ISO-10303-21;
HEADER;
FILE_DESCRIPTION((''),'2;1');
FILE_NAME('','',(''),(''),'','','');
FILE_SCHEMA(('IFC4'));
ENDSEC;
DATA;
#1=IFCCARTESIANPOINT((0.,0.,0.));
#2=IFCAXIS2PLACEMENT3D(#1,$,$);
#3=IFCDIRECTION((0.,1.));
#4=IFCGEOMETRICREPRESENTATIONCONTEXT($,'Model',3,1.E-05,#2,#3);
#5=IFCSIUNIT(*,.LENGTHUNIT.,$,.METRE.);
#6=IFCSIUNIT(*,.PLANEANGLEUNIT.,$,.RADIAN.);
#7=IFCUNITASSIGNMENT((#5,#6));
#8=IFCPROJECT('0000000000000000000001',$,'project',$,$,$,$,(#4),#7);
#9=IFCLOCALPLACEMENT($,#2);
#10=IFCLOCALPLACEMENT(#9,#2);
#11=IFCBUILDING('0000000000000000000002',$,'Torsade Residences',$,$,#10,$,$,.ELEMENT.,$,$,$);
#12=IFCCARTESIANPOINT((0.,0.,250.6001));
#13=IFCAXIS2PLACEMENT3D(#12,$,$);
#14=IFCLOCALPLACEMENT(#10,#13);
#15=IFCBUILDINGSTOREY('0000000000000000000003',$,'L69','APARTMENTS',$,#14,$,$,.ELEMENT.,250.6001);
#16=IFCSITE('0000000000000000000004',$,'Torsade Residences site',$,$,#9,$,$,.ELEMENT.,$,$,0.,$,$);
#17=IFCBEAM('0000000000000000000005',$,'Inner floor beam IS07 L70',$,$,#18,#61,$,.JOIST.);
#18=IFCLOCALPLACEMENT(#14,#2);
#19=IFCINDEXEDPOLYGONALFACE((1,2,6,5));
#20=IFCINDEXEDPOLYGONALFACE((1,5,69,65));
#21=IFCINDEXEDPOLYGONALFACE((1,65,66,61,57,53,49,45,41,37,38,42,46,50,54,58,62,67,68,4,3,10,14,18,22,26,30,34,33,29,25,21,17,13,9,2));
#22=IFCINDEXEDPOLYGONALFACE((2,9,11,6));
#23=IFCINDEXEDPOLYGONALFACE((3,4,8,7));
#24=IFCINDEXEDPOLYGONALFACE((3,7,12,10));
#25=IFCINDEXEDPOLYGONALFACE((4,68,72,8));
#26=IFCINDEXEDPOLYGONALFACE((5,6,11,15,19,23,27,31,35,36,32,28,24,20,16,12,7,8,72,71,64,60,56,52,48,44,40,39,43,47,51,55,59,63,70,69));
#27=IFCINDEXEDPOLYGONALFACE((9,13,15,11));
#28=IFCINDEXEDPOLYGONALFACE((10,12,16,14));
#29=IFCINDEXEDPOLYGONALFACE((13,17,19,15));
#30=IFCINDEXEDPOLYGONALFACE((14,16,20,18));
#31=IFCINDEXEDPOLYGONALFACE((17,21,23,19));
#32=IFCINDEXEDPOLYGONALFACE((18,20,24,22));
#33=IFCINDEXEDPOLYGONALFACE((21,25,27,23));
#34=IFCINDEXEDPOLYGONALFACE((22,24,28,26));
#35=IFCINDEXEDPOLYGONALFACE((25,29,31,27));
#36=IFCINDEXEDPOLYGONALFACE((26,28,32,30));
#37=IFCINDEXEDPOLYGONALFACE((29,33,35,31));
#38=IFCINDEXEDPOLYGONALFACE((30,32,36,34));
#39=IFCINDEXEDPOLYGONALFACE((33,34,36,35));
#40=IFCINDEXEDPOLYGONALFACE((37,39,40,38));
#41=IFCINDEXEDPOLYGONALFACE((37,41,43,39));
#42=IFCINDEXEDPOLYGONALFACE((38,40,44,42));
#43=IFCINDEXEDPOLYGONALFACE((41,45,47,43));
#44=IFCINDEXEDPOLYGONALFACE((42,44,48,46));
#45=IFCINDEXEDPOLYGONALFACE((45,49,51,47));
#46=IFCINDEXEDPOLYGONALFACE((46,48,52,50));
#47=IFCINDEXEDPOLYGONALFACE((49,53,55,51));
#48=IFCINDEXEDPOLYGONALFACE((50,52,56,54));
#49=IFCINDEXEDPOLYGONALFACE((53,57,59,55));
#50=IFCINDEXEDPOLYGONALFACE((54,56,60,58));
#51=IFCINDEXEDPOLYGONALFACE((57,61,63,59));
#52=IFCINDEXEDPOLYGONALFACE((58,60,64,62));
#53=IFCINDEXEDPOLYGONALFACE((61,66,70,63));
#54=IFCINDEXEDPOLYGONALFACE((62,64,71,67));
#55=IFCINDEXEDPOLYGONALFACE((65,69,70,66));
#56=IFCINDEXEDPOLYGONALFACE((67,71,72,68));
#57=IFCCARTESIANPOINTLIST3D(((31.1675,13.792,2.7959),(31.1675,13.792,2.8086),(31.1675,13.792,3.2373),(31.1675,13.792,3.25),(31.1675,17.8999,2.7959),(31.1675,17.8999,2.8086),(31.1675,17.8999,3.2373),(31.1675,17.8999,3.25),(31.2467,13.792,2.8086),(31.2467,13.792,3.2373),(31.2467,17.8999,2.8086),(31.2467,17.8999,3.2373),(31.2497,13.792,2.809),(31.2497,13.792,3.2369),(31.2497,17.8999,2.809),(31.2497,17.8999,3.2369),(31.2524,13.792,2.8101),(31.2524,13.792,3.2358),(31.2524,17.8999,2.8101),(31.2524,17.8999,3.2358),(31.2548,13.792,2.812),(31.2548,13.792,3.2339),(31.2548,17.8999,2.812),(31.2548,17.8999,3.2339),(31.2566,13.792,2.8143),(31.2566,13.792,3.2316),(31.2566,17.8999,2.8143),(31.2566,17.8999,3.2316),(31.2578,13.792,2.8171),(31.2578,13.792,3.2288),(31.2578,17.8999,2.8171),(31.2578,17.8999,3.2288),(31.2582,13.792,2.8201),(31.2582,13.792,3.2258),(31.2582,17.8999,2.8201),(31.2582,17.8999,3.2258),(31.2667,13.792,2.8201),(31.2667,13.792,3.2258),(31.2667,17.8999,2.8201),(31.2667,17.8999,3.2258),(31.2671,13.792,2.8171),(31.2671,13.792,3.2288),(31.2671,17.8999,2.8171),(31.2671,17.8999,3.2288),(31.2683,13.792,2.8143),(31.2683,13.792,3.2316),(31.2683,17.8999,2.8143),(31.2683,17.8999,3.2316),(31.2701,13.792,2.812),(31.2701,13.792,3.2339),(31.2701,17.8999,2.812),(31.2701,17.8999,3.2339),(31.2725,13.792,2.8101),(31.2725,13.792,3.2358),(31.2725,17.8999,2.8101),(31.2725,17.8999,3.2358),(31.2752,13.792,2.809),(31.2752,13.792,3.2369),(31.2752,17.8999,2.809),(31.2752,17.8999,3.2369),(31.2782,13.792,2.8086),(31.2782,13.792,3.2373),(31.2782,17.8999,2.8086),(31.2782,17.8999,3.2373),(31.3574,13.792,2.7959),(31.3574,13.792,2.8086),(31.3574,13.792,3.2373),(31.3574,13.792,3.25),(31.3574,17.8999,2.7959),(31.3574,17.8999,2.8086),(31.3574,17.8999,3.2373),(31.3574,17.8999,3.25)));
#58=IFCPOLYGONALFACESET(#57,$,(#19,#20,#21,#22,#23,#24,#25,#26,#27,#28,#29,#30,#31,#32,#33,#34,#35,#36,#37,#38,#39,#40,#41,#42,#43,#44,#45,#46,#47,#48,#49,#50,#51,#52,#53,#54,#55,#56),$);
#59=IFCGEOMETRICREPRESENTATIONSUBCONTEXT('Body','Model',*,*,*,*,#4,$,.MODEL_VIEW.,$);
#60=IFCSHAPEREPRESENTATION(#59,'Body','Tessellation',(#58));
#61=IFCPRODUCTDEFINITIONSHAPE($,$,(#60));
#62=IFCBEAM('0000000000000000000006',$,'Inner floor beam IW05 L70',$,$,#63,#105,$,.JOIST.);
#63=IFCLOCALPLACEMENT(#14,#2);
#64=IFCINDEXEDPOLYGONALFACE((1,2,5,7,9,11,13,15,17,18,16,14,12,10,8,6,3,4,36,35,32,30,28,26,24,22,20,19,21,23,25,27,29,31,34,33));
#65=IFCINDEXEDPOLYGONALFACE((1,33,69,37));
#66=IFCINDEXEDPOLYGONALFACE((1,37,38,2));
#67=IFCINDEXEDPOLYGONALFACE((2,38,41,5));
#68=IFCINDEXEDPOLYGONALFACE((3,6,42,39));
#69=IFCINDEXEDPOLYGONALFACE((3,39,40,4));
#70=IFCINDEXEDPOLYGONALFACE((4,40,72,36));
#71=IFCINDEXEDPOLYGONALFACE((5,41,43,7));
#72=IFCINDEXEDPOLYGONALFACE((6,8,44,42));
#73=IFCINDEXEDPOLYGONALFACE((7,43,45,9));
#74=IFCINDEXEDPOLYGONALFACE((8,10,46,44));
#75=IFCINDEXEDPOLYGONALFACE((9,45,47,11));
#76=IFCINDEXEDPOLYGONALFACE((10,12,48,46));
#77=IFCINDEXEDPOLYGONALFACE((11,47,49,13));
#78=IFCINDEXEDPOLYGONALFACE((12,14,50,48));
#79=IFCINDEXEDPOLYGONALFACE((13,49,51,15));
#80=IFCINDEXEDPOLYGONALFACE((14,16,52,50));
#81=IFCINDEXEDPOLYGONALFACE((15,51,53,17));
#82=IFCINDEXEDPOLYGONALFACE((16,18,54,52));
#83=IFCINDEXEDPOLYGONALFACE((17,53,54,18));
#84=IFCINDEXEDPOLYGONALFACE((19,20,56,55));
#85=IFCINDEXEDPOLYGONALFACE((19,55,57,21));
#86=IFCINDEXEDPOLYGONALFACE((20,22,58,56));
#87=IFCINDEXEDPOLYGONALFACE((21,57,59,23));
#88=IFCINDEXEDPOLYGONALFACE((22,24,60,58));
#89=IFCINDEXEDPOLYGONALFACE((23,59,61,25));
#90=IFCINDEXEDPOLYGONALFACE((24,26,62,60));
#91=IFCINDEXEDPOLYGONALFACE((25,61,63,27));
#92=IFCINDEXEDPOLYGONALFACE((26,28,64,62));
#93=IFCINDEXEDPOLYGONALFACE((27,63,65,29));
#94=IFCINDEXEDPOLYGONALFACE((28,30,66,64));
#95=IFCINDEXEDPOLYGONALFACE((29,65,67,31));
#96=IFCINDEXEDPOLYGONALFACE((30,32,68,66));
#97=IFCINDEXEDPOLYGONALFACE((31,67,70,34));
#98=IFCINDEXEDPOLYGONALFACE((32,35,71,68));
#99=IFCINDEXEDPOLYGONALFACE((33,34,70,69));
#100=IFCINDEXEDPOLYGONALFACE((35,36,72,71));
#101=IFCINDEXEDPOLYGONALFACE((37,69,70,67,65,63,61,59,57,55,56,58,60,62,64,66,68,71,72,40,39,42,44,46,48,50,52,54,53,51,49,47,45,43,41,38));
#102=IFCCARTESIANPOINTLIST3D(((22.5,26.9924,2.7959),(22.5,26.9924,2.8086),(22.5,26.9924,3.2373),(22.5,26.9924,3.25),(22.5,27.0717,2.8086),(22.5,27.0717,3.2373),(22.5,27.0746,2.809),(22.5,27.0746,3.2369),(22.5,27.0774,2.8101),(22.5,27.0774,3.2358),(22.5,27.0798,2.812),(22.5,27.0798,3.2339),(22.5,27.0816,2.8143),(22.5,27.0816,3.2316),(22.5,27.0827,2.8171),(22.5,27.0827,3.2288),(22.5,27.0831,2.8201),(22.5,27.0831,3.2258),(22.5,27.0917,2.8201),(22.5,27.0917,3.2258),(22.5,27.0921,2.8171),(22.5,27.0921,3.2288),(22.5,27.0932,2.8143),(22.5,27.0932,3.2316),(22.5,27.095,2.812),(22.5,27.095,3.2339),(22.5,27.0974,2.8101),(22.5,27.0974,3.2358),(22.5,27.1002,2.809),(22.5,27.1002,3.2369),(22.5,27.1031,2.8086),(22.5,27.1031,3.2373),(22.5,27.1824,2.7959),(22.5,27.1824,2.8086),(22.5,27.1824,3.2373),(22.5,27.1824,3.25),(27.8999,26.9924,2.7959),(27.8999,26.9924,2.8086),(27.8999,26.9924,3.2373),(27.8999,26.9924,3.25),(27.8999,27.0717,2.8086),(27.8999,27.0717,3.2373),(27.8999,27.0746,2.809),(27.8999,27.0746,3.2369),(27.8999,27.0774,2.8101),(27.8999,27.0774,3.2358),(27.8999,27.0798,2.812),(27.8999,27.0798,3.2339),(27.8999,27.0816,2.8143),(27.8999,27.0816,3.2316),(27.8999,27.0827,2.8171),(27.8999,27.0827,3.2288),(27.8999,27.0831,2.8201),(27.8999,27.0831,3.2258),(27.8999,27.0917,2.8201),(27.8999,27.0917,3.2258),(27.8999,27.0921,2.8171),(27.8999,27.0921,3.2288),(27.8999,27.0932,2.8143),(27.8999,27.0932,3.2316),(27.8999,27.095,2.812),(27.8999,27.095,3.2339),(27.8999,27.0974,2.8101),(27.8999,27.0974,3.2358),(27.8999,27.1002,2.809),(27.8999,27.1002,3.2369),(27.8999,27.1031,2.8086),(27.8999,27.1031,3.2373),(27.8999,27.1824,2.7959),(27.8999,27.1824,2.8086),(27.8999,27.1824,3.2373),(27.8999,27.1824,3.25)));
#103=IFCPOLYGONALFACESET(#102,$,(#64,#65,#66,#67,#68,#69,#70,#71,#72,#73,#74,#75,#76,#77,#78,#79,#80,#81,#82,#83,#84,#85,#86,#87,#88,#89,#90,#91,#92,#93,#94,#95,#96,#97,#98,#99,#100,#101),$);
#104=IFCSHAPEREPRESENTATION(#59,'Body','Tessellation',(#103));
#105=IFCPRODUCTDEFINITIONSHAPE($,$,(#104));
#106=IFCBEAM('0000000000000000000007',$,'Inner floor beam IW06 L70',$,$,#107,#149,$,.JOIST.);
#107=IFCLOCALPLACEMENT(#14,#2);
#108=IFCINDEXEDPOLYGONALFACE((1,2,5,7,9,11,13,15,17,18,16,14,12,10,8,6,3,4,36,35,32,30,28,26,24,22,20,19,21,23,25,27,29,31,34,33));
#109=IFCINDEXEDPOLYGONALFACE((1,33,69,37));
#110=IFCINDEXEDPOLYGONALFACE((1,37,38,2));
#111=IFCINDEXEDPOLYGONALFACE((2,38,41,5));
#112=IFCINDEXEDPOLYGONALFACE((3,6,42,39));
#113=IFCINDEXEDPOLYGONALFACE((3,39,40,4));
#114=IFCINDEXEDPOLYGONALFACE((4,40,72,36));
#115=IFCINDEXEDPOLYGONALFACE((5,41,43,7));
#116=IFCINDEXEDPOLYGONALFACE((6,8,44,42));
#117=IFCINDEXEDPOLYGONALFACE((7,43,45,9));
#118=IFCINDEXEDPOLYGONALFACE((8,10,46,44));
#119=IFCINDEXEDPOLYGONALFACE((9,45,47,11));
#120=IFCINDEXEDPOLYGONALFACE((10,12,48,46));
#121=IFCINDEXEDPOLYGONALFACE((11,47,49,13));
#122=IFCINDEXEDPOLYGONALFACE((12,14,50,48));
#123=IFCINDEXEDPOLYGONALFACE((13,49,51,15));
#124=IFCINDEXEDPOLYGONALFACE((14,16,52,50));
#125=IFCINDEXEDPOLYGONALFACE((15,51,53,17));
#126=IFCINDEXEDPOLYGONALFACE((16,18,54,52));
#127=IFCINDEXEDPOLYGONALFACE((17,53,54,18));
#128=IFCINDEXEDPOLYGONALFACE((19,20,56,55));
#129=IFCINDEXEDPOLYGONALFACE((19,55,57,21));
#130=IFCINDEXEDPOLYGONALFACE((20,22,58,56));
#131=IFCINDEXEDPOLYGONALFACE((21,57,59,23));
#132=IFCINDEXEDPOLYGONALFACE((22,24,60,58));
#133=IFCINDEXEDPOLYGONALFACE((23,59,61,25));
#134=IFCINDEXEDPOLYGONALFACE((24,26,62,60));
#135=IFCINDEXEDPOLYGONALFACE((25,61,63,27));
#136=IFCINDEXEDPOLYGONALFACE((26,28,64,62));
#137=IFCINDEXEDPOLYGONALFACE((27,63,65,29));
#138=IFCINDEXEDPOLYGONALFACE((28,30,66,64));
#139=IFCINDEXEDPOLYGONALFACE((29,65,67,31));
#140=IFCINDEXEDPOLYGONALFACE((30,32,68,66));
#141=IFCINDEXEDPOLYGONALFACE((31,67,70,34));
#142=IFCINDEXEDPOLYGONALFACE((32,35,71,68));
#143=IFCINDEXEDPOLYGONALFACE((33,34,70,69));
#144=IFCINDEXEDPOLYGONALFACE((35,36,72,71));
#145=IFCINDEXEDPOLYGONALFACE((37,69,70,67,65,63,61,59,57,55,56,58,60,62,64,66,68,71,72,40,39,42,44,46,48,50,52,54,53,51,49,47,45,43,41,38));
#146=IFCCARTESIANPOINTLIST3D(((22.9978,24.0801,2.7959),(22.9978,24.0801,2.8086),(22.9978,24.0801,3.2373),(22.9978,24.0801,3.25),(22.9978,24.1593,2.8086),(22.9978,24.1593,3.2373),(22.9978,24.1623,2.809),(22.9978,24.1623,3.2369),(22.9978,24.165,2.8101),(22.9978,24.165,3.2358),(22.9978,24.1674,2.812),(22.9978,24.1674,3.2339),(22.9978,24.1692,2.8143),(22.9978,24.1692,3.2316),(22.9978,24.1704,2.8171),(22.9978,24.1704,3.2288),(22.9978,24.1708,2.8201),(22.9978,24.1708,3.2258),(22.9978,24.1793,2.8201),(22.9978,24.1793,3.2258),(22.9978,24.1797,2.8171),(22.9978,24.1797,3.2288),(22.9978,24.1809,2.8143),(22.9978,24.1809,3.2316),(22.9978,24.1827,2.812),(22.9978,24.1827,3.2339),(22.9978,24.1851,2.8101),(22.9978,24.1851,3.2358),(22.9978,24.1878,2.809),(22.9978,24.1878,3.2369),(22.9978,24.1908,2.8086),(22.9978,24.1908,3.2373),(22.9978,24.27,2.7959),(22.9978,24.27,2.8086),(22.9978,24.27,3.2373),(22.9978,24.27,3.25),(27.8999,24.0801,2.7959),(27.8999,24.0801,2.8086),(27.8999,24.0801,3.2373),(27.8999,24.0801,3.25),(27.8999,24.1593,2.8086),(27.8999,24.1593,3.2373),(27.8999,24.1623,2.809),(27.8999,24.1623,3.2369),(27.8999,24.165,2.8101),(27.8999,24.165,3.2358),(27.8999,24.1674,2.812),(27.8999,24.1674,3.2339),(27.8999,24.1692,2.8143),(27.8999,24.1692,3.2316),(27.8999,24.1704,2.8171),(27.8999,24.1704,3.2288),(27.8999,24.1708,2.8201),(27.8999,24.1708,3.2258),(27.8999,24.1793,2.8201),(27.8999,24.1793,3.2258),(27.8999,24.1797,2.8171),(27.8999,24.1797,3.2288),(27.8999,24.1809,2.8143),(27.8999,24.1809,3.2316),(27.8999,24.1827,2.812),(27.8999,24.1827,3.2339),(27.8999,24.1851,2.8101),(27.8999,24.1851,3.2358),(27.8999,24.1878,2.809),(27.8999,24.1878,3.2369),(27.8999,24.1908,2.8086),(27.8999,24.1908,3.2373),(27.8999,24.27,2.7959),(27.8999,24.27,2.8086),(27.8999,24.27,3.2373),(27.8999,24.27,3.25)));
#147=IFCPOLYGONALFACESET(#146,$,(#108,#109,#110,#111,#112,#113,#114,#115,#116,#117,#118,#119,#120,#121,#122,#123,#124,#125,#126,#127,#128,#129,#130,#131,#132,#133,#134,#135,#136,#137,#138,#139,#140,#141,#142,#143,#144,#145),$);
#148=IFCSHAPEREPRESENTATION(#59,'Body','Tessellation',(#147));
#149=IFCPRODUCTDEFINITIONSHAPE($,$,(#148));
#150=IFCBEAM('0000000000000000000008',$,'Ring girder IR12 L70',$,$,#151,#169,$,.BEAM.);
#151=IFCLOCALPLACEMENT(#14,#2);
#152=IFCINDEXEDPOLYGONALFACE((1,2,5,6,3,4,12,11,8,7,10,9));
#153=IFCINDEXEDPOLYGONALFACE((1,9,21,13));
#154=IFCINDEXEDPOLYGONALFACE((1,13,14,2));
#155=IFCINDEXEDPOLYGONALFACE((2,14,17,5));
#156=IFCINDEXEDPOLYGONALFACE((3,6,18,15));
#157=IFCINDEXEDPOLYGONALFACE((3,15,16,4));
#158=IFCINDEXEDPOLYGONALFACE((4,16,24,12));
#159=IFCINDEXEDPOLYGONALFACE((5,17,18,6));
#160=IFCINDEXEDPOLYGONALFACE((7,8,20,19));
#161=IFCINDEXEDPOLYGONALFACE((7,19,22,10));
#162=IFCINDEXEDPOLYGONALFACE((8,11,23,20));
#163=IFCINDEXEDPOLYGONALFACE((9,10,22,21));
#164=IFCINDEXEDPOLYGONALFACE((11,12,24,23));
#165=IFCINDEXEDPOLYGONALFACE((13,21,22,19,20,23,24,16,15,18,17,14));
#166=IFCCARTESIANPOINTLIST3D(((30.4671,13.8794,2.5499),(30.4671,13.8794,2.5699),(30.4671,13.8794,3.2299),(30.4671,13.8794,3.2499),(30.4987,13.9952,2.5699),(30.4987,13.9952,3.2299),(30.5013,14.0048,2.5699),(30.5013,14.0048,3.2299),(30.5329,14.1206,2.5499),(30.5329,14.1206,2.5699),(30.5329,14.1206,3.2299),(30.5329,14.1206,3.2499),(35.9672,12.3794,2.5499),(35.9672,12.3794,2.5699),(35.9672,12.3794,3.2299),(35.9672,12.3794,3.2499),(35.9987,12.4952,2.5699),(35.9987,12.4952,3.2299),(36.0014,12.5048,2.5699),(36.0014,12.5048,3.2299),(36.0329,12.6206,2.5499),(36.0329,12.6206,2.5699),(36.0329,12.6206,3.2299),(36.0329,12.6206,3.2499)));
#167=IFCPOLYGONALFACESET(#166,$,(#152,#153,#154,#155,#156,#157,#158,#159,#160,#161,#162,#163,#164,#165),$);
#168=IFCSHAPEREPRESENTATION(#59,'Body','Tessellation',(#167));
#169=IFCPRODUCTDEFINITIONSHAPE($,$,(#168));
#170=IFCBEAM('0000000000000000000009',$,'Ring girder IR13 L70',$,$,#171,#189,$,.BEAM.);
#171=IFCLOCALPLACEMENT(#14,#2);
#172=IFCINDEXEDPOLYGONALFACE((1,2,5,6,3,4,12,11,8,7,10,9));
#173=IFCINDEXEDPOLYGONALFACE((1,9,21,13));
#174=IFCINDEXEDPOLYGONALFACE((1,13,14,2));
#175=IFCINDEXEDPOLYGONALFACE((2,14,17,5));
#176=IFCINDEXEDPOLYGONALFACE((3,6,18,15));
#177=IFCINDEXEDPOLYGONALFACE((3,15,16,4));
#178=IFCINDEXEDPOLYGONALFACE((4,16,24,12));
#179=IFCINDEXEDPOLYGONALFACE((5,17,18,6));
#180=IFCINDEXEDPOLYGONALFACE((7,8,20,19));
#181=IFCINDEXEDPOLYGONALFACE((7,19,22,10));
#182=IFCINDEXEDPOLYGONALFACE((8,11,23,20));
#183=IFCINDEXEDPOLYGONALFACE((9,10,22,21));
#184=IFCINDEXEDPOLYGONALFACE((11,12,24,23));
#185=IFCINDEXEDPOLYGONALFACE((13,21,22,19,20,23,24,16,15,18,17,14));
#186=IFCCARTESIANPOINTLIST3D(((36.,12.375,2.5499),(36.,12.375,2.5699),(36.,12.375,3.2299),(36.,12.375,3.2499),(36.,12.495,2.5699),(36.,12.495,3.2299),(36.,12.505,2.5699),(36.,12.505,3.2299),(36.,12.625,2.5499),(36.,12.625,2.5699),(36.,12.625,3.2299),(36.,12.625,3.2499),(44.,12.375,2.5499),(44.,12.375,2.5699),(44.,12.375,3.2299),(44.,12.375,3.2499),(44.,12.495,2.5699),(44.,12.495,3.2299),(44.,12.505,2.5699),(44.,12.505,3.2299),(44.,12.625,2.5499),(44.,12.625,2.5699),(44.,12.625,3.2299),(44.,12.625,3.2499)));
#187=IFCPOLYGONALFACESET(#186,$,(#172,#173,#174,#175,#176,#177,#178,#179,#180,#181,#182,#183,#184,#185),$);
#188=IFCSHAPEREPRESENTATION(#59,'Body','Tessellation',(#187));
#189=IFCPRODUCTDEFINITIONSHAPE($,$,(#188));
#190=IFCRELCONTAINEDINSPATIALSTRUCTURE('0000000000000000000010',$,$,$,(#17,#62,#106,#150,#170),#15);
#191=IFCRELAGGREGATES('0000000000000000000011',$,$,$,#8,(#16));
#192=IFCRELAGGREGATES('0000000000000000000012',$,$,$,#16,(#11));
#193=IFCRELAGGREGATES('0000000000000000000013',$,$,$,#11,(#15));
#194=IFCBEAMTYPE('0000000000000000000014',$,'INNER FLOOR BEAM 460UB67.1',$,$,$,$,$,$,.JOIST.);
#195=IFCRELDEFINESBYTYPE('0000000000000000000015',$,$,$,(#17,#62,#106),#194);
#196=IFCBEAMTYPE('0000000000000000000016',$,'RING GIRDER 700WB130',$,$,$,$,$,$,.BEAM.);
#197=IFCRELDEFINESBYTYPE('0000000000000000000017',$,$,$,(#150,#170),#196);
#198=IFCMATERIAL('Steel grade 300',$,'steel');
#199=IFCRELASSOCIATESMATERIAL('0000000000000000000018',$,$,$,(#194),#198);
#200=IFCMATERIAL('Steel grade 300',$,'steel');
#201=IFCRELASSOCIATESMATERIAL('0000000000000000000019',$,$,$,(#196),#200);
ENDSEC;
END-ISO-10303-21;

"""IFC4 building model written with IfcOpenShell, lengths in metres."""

from ifc_helpers import new_model, si_unit, direction, frame, origin, origin_2d, place, context, subcontext, project, spatial, i_section, extrude, material, material_profile, profile_set, type_object, element, save


model = new_model("IFC4")

# Units and contexts
model_context = context("Model", 3, precision=1e-05, world=origin(), true_north=direction((0.0, 1.0)))
body_context = subcontext(model_context, "Body", "Model", "MODEL_VIEW")
ifc_project = project(units=[si_unit("LENGTHUNIT", "METRE"), si_unit("PLANEANGLEUNIT", "RADIAN")], contexts=[model_context])

# Site, building, storey
site_placement = place(None, origin())
site = spatial("IfcSite", under=ifc_project, at=site_placement, Name="Torsade Residences site", CompositionType="ELEMENT", RefElevation=0.0)
building_placement = place(site_placement, origin())
building = spatial("IfcBuilding", under=site, at=building_placement, Name="Torsade Residences", CompositionType="ELEMENT")
storey_placement = place(building_placement, frame((0.0, 0.0, 250.6001)))
storey = spatial("IfcBuildingStorey", under=building, at=storey_placement, Name="L69", Description="APARTMENTS", CompositionType="ELEMENT", Elevation=250.6001)

# Beams
ifc_material_1 = material(Name="Steel grade 300", Category="steel")
ifc_material_profile_1 = material_profile(ifc_material_1, i_section(OverallWidth=0.1899, OverallDepth=0.4541, WebThickness=0.0085, FlangeThickness=0.0127, FilletRadius=0.0115, at=origin_2d()), Name="460UB67.1")
ifc_profile_set_1 = profile_set([ifc_material_profile_1], Name="Steel grade 300")
beam_type_1 = type_object("IfcBeamType", Name="INNER FLOOR BEAM 460UB67.1", PredefinedType="JOIST", material=ifc_profile_set_1)
beam_1_placement = place(storey_placement, frame((31.2625, 17.8999, 3.0229), z_axis=(0.0, -1.0, 0.0), x_axis=(1.0, 0.0, 0.0)))
element("IfcBeam", 1, at=beam_1_placement, inside=storey, type_object=beam_type_1, Name="Inner floor beam IS07 L70", PredefinedType="JOIST", context=body_context, shape_type="SweptSolid", body=[
    extrude(i_section(OverallWidth=0.1899, OverallDepth=0.4541, WebThickness=0.0085, FlangeThickness=0.0127, FilletRadius=0.0115, at=origin_2d()), origin(), (0.0, 0.0, 1.0), 4.1079),
])
beam_2_placement = place(storey_placement, frame((27.8999, 27.0874, 3.0229), z_axis=(-1.0, 0.0, 0.0), x_axis=(0.0, -1.0, 0.0)))
element("IfcBeam", 2, at=beam_2_placement, inside=storey, type_object=beam_type_1, Name="Inner floor beam IW05 L70", PredefinedType="JOIST", context=body_context, shape_type="SweptSolid", body=[
    extrude(i_section(OverallWidth=0.1899, OverallDepth=0.4541, WebThickness=0.0085, FlangeThickness=0.0127, FilletRadius=0.0115, at=origin_2d()), origin(), (0.0, 0.0, 1.0), 5.3999),
])
beam_3_placement = place(storey_placement, frame((27.8999, 24.175, 3.0229), z_axis=(-1.0, 0.0, 0.0), x_axis=(0.0, -1.0, 0.0)))
element("IfcBeam", 3, at=beam_3_placement, inside=storey, type_object=beam_type_1, Name="Inner floor beam IW06 L70", PredefinedType="JOIST", context=body_context, shape_type="SweptSolid", body=[
    extrude(i_section(OverallWidth=0.1899, OverallDepth=0.4541, WebThickness=0.0085, FlangeThickness=0.0127, FilletRadius=0.0115, at=origin_2d()), origin(), (0.0, 0.0, 1.0), 4.9021),
])
ifc_material_2 = material(Name="Steel grade 300", Category="steel")
ifc_material_profile_2 = material_profile(ifc_material_2, i_section(OverallWidth=0.25, OverallDepth=0.7, WebThickness=0.01, FlangeThickness=0.02, at=origin_2d()), Name="700WB130")
ifc_profile_set_2 = profile_set([ifc_material_profile_2], Name="Steel grade 300")
beam_type_2 = type_object("IfcBeamType", Name="RING GIRDER 700WB130", PredefinedType="BEAM", material=ifc_profile_set_2)
beam_4_placement = place(storey_placement, frame((30.5, 14.0, 2.8999), z_axis=(0.964764, -0.263117, 0.0), x_axis=(0.263117, 0.964764, 0.0)))
element("IfcBeam", 4, at=beam_4_placement, inside=storey, type_object=beam_type_2, Name="Ring girder IR12 L70", PredefinedType="BEAM", context=body_context, shape_type="SweptSolid", body=[
    extrude(i_section(OverallWidth=0.25, OverallDepth=0.7, WebThickness=0.01, FlangeThickness=0.02, at=origin_2d()), origin(), (0.0, 0.0, 1.0), 5.7009),
])
beam_5_placement = place(storey_placement, frame((36.0, 12.5, 2.8999), z_axis=(1.0, 0.0, 0.0), x_axis=(0.0, 1.0, 0.0)))
element("IfcBeam", 5, at=beam_5_placement, inside=storey, type_object=beam_type_2, Name="Ring girder IR13 L70", PredefinedType="BEAM", context=body_context, shape_type="SweptSolid", body=[
    extrude(i_section(OverallWidth=0.25, OverallDepth=0.7, WebThickness=0.01, FlangeThickness=0.02, at=origin_2d()), origin(), (0.0, 0.0, 1.0), 8.0),
])

save(model, "model.ifc")
